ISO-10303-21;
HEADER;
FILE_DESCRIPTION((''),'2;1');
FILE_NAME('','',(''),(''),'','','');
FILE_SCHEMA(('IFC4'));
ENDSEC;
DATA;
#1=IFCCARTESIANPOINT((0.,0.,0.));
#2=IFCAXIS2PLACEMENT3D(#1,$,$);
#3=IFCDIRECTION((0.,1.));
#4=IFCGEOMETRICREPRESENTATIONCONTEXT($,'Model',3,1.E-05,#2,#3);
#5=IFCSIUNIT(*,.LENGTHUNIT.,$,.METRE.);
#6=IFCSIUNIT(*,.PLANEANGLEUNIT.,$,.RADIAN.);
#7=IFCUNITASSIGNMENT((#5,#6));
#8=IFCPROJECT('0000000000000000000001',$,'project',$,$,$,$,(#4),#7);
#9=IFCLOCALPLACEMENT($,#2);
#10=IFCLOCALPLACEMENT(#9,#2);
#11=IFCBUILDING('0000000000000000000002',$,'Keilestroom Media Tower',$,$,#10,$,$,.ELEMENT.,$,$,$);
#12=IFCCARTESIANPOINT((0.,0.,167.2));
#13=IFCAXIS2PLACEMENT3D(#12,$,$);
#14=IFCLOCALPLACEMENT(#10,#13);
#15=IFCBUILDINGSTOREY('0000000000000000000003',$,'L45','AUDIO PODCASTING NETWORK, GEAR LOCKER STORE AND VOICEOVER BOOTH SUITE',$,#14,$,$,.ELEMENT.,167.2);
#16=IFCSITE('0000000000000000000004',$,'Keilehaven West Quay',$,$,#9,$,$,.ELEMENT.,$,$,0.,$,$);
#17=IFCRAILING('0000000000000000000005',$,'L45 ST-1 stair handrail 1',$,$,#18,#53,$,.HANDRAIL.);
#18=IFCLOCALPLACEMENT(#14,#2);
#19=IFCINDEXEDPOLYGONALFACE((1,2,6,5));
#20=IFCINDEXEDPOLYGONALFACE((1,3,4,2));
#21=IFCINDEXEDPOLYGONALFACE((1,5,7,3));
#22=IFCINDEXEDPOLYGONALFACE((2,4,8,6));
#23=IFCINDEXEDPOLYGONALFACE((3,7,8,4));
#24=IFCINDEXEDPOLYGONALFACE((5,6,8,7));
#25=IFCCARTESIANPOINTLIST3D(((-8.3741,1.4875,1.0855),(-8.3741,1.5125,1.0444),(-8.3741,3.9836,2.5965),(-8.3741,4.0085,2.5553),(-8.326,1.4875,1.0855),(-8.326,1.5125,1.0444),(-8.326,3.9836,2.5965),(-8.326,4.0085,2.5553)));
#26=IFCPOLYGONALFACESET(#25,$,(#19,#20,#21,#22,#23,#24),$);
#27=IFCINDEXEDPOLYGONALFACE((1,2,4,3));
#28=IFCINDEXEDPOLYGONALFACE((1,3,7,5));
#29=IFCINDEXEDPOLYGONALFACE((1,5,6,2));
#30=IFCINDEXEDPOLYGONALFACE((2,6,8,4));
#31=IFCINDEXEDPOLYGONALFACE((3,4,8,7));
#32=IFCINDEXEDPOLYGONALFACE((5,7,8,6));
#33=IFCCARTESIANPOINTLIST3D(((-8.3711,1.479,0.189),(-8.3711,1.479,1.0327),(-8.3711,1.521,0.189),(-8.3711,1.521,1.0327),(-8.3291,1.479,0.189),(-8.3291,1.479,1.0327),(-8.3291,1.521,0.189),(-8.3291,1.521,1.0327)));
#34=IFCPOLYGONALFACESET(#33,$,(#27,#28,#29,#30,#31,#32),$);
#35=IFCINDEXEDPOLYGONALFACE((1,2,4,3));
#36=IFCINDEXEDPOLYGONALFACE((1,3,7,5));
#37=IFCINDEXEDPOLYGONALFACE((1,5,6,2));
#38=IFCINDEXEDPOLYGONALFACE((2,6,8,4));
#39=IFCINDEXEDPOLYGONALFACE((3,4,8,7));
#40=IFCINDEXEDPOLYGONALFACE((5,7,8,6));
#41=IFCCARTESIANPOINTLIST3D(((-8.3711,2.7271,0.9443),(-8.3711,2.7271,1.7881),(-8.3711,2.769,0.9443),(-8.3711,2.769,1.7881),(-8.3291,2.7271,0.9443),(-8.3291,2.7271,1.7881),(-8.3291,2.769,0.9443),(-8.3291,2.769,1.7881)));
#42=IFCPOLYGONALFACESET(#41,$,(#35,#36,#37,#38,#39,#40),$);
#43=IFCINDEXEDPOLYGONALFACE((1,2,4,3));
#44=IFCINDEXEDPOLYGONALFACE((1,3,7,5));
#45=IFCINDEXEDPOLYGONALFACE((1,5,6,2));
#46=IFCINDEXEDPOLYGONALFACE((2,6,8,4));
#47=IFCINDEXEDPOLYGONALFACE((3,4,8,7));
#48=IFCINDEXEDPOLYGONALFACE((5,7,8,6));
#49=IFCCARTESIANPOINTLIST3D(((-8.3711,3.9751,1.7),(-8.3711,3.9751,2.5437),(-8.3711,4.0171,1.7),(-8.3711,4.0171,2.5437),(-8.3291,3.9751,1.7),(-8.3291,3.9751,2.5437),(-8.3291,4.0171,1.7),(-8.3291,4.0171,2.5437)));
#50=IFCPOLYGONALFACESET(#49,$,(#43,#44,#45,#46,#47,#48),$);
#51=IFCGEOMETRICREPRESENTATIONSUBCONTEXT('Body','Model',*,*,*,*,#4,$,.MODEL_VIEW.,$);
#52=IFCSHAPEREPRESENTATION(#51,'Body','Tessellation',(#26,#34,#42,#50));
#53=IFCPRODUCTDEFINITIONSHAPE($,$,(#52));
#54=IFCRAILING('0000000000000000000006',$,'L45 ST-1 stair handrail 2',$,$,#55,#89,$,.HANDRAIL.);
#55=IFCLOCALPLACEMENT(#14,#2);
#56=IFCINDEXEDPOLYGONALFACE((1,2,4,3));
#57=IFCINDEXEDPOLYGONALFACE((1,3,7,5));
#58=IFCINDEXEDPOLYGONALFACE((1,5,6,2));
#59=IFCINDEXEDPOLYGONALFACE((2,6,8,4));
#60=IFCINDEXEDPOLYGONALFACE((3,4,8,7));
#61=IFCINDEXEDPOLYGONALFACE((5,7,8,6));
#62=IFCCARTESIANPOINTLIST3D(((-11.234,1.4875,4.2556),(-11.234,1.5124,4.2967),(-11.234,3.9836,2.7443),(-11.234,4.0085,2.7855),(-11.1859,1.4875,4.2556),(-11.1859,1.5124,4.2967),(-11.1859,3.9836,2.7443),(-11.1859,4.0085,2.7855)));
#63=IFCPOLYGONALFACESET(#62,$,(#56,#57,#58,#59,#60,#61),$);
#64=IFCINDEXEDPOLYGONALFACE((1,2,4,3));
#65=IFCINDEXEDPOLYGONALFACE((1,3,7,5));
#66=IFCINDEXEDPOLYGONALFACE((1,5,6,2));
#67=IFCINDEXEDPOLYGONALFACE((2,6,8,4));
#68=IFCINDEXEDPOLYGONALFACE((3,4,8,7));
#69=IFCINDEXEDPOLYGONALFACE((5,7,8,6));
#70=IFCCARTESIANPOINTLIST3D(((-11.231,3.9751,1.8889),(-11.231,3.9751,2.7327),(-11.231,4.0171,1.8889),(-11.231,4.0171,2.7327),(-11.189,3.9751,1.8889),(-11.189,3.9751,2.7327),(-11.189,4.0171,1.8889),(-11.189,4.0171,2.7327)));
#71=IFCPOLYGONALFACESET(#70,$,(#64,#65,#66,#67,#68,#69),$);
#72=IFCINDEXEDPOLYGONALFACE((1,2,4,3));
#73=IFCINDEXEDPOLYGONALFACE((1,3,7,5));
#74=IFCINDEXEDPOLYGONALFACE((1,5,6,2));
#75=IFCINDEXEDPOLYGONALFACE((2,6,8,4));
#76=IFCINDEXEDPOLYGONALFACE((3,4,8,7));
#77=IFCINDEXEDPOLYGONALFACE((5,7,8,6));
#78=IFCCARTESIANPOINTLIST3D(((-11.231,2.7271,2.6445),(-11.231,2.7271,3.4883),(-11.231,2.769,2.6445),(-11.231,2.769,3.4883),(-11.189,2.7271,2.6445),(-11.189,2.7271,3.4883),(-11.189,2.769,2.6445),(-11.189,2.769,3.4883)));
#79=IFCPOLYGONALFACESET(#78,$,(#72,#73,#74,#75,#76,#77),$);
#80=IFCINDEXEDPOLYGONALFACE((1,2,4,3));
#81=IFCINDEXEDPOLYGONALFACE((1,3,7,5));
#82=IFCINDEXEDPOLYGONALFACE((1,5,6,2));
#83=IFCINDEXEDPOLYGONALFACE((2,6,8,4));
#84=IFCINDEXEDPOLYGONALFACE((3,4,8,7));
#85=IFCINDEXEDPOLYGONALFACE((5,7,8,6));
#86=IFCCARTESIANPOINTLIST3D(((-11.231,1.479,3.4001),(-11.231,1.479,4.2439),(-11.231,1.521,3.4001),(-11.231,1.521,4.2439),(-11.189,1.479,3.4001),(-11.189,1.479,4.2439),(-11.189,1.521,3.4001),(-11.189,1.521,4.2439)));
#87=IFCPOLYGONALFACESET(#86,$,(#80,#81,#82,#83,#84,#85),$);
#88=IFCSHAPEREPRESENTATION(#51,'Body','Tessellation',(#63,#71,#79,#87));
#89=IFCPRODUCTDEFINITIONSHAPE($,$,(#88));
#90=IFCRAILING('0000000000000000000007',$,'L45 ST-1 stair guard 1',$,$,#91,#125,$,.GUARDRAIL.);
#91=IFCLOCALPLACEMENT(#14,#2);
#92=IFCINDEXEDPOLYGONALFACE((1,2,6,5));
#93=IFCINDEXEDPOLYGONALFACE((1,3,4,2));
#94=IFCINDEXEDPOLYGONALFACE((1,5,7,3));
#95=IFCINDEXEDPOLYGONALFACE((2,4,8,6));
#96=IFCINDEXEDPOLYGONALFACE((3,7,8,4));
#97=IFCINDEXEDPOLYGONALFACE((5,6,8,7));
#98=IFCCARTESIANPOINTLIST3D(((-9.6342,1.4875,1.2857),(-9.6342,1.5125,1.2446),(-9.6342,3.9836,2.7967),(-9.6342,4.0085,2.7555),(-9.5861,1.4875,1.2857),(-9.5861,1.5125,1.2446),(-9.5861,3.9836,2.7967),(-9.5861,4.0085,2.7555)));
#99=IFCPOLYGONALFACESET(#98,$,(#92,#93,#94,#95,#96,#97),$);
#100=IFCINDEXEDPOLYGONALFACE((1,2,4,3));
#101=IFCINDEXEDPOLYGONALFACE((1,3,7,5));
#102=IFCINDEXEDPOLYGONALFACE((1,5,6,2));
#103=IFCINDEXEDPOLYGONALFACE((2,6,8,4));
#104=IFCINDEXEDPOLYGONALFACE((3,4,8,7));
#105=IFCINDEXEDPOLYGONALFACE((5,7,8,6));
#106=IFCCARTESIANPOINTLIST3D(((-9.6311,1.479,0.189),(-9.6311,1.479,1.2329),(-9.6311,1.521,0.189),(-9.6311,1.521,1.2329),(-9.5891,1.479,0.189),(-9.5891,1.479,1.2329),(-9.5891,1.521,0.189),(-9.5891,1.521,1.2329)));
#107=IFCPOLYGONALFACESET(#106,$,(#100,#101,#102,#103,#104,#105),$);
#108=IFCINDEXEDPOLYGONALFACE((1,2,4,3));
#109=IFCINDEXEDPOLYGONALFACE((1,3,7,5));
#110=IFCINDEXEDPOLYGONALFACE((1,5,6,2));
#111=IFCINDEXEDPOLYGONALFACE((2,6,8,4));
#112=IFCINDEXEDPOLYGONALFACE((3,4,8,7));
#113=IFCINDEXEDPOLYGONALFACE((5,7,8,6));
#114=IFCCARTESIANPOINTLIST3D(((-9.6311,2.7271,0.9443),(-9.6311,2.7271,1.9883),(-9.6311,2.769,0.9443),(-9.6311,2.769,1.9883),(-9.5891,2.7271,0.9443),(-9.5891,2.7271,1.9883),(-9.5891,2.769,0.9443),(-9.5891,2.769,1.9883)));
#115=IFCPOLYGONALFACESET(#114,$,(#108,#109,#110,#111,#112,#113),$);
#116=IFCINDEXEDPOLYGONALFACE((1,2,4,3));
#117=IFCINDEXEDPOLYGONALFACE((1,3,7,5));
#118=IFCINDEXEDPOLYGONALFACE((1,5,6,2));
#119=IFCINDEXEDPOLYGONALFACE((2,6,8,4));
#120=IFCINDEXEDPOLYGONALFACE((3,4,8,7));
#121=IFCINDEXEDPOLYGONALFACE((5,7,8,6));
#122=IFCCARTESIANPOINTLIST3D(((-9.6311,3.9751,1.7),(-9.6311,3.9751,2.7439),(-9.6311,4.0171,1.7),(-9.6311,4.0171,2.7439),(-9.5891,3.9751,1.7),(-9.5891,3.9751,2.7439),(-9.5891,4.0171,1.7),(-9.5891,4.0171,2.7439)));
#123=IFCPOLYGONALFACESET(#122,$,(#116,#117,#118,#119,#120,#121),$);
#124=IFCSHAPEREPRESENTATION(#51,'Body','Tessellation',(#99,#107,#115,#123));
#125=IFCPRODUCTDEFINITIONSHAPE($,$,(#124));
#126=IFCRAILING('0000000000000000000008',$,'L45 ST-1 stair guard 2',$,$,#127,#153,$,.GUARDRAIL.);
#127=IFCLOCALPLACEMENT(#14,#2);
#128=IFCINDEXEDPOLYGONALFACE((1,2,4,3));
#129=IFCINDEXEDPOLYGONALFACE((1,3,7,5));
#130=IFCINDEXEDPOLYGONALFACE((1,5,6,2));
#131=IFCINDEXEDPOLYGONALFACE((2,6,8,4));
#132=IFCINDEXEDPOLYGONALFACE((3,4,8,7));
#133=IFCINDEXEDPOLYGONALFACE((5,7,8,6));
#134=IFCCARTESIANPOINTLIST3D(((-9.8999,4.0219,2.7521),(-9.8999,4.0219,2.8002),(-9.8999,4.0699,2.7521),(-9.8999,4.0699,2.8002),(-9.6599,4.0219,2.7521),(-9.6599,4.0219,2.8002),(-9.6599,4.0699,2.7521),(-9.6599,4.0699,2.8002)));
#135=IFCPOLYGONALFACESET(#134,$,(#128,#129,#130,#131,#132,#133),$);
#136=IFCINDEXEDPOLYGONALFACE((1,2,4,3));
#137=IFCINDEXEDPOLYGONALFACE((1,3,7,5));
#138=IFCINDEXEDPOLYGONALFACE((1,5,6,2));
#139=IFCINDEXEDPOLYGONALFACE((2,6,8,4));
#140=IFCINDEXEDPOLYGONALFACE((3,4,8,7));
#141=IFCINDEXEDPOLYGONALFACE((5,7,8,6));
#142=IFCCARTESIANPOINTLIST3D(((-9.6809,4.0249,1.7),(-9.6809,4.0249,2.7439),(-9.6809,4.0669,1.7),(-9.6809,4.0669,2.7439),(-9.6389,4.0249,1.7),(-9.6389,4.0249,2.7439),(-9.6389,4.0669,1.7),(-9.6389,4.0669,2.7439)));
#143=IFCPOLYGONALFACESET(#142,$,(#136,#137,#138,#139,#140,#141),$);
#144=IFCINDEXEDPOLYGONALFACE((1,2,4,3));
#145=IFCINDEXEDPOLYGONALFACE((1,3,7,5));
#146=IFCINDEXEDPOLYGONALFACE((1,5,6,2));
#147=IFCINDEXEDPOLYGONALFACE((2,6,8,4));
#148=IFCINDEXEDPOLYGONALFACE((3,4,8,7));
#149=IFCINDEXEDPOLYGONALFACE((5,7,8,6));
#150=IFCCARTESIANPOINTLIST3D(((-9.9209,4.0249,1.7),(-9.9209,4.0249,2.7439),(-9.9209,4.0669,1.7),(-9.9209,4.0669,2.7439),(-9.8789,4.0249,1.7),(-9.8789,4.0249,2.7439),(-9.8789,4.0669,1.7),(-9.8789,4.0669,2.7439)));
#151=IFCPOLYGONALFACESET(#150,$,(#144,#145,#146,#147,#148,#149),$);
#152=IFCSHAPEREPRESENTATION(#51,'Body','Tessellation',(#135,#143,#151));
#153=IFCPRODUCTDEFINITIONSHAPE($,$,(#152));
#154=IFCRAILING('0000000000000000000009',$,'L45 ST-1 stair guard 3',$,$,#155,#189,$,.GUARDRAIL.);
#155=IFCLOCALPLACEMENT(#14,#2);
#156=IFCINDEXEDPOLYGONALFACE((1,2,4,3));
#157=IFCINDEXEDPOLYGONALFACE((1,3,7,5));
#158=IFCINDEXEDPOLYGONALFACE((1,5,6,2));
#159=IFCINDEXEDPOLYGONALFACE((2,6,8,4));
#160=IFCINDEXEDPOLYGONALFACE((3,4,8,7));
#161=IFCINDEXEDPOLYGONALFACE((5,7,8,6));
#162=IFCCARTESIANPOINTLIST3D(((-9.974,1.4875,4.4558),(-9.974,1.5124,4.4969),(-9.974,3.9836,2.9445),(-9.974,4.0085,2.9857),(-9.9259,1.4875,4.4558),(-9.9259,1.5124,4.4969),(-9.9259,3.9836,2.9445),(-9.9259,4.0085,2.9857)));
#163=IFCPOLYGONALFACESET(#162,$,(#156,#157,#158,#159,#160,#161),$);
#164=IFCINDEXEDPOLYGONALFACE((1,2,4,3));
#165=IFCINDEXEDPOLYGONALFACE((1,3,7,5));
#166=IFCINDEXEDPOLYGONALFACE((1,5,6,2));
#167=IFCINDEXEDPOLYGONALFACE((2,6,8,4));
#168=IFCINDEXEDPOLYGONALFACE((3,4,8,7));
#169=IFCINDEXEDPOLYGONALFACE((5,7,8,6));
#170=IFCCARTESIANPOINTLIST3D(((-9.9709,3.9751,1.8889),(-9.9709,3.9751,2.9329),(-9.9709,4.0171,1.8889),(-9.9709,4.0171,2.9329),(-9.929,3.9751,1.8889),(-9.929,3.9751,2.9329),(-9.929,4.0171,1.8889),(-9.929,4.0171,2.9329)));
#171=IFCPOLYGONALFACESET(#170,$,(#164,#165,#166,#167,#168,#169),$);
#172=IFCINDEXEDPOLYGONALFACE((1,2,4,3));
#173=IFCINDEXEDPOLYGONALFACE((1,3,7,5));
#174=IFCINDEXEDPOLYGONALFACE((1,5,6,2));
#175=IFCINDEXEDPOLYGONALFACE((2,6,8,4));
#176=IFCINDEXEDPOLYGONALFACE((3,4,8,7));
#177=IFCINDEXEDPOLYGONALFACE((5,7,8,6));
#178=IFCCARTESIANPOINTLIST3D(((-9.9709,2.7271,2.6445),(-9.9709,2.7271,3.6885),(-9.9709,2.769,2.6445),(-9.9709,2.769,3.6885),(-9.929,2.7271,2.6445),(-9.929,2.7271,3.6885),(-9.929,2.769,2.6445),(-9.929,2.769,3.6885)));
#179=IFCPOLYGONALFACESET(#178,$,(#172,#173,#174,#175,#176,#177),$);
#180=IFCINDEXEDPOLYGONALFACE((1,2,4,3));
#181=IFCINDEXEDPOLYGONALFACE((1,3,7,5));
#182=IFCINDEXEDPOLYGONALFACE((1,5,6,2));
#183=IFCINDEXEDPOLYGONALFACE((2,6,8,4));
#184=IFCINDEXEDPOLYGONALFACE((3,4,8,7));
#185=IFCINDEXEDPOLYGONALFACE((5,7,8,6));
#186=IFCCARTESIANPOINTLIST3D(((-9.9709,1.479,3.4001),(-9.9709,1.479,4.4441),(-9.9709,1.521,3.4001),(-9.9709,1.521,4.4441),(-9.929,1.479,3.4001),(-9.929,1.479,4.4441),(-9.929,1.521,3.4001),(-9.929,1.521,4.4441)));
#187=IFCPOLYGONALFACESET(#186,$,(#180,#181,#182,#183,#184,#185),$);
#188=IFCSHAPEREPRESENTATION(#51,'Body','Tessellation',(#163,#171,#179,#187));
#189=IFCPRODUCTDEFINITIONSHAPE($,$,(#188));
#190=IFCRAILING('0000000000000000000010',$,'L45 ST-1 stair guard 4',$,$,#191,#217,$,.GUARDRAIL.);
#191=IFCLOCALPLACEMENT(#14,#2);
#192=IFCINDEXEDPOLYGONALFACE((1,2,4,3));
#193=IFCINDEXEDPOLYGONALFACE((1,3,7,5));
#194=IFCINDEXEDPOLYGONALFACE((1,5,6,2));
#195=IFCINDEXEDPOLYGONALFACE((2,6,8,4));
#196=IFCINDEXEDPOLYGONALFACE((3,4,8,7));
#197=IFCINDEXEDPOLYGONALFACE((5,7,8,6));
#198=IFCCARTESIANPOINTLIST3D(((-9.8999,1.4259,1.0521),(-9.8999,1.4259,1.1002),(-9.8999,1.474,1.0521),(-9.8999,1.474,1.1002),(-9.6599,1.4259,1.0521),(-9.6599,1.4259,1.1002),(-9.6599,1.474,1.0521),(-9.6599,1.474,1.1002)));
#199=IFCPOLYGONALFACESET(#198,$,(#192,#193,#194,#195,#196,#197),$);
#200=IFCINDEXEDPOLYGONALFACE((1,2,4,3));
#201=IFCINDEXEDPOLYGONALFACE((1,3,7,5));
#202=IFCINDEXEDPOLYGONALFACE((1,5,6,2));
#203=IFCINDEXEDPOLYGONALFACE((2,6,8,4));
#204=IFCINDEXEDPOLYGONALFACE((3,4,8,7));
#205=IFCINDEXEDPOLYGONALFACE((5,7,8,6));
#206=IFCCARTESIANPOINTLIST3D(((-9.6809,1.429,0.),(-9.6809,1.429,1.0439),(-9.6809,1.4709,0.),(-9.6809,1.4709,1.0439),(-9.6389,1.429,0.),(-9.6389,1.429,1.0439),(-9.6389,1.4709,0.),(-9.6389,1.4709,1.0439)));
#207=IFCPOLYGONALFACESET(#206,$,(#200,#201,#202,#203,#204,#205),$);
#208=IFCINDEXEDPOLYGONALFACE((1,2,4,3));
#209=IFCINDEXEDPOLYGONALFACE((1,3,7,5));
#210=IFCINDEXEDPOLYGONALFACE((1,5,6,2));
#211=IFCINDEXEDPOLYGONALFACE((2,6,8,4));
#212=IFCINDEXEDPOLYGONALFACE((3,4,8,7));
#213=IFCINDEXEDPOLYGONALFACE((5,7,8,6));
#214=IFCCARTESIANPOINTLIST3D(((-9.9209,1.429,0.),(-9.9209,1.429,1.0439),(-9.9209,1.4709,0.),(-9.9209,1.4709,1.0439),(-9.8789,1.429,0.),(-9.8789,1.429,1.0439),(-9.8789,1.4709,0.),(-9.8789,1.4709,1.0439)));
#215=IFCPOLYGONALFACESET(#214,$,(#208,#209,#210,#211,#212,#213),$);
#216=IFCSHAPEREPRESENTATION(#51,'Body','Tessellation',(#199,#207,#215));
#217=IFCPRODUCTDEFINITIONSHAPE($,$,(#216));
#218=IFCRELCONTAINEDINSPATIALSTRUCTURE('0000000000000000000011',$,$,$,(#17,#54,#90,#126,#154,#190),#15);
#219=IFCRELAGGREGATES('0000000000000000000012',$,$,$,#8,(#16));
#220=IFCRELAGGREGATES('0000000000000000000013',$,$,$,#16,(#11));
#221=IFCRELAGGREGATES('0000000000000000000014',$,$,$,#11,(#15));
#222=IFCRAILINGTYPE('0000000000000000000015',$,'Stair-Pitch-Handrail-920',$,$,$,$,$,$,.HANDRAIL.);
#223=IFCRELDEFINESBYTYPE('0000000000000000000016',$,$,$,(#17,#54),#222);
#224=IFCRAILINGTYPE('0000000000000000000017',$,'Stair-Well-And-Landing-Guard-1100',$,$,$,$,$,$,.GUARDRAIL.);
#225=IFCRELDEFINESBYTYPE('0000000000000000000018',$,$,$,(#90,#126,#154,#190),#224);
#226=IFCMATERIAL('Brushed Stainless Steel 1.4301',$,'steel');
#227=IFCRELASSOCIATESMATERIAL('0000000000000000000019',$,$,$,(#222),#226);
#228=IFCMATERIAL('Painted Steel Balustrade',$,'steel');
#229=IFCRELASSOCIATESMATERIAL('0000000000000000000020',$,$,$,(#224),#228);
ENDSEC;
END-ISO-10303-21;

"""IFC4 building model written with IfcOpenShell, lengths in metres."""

from ifc_helpers import new_model, si_unit, direction, frame, origin, origin_2d, place, context, subcontext, project, spatial, rectangle, extrude, material, type_object, element, save


model = new_model("IFC4")

# Units and contexts
model_context = context("Model", 3, precision=1e-05, world=origin(), true_north=direction((0.0, 1.0)))
body_context = subcontext(model_context, "Body", "Model", "MODEL_VIEW")
ifc_project = project(units=[si_unit("LENGTHUNIT", "METRE"), si_unit("PLANEANGLEUNIT", "RADIAN")], contexts=[model_context])

# Site, building, storey
site_placement = place(None, origin())
site = spatial("IfcSite", under=ifc_project, at=site_placement, Name="Keilehaven West Quay", CompositionType="ELEMENT", RefElevation=0.0)
building_placement = place(site_placement, origin())
building = spatial("IfcBuilding", under=site, at=building_placement, Name="Keilestroom Media Tower", CompositionType="ELEMENT")
storey_placement = place(building_placement, frame((0.0, 0.0, 167.2)))
storey = spatial("IfcBuildingStorey", under=building, at=storey_placement, Name="L45", Description="AUDIO PODCASTING NETWORK, GEAR LOCKER STORE AND VOICEOVER BOOTH SUITE", CompositionType="ELEMENT", Elevation=167.2)

# Railings
ifc_material_1 = material(Name="Brushed Stainless Steel 1.4301", Category="steel")
railing_type_1 = type_object("IfcRailingType", Name="Stair-Pitch-Handrail-920", PredefinedType="HANDRAIL", material=ifc_material_1)
railing_1_placement = place(storey_placement, frame((-8.3501, 1.5, 0.189)))
element("IfcRailing", 1, at=railing_1_placement, inside=storey, type_object=railing_type_1, Name="L45 ST-1 stair handrail 1", PredefinedType="HANDRAIL", context=body_context, shape_type="SweptSolid", body=[
    extrude(rectangle(XDim=0.0481, YDim=0.0481, at=origin_2d()), frame((0.0, 0.0, 0.876), z_axis=(0.0, 0.855471, 0.517851), x_axis=(-1.0, 0.0, 0.0)), (0.0, 0.0, 1.0), 2.9177),
    extrude(rectangle(XDim=0.042, YDim=0.042, at=origin_2d()), origin(), (0.0, 0.0, 1.0), 0.8438),
    extrude(rectangle(XDim=0.042, YDim=0.042, at=origin_2d()), frame((0.0, 1.248, 0.7554)), (0.0, 0.0, 1.0), 0.8438),
    extrude(rectangle(XDim=0.042, YDim=0.042, at=origin_2d()), frame((0.0, 2.4961, 1.511)), (0.0, 0.0, 1.0), 0.8438),
])
railing_2_placement = place(storey_placement, frame((-11.21, 3.9961, 1.8889)))
element("IfcRailing", 2, at=railing_2_placement, inside=storey, type_object=railing_type_1, Name="L45 ST-1 stair handrail 2", PredefinedType="HANDRAIL", context=body_context, shape_type="SweptSolid", body=[
    extrude(rectangle(XDim=0.0481, YDim=0.0481, at=origin_2d()), frame((0.0, 0.0, 0.876), z_axis=(0.0, -0.855434, 0.517912), x_axis=(1.0, 0.0, 0.0)), (0.0, 0.0, 1.0), 2.918),
    extrude(rectangle(XDim=0.042, YDim=0.042, at=origin_2d()), origin(), (0.0, 0.0, 1.0), 0.8438),
    extrude(rectangle(XDim=0.042, YDim=0.042, at=origin_2d()), frame((0.0, -1.248, 0.7556)), (0.0, 0.0, 1.0), 0.8438),
    extrude(rectangle(XDim=0.042, YDim=0.042, at=origin_2d()), frame((0.0, -2.4961, 1.5112)), (0.0, 0.0, 1.0), 0.8438),
])
ifc_material_2 = material(Name="Painted Steel Balustrade", Category="steel")
railing_type_2 = type_object("IfcRailingType", Name="Stair-Well-And-Landing-Guard-1100", PredefinedType="GUARDRAIL", material=ifc_material_2)
railing_3_placement = place(storey_placement, frame((-9.6101, 1.5, 0.189)))
element("IfcRailing", 3, at=railing_3_placement, inside=storey, type_object=railing_type_2, Name="L45 ST-1 stair guard 1", PredefinedType="GUARDRAIL", context=body_context, shape_type="SweptSolid", body=[
    extrude(rectangle(XDim=0.0481, YDim=0.0481, at=origin_2d()), frame((0.0, 0.0, 1.0762), z_axis=(0.0, 0.855471, 0.517851), x_axis=(-1.0, 0.0, 0.0)), (0.0, 0.0, 1.0), 2.9177),
    extrude(rectangle(XDim=0.042, YDim=0.042, at=origin_2d()), origin(), (0.0, 0.0, 1.0), 1.0439),
    extrude(rectangle(XDim=0.042, YDim=0.042, at=origin_2d()), frame((0.0, 1.248, 0.7554)), (0.0, 0.0, 1.0), 1.0439),
    extrude(rectangle(XDim=0.042, YDim=0.042, at=origin_2d()), frame((0.0, 2.4961, 1.511)), (0.0, 0.0, 1.0), 1.0439),
])
railing_4_placement = place(storey_placement, frame((-9.6599, 4.0459, 1.7)))
element("IfcRailing", 4, at=railing_4_placement, inside=storey, type_object=railing_type_2, Name="L45 ST-1 stair guard 2", PredefinedType="GUARDRAIL", context=body_context, shape_type="SweptSolid", body=[
    extrude(rectangle(XDim=0.0481, YDim=0.0481, at=origin_2d()), frame((0.0, 0.0, 1.0762), z_axis=(-1.0, 0.0, 0.0), x_axis=(0.0, -1.0, 0.0)), (0.0, 0.0, 1.0), 0.24),
    extrude(rectangle(XDim=0.042, YDim=0.042, at=origin_2d()), origin(), (0.0, 0.0, 1.0), 1.0439),
    extrude(rectangle(XDim=0.042, YDim=0.042, at=origin_2d()), frame((-0.24, 0.0, 0.0)), (0.0, 0.0, 1.0), 1.0439),
])
railing_5_placement = place(storey_placement, frame((-9.95, 3.9961, 1.8889)))
element("IfcRailing", 5, at=railing_5_placement, inside=storey, type_object=railing_type_2, Name="L45 ST-1 stair guard 3", PredefinedType="GUARDRAIL", context=body_context, shape_type="SweptSolid", body=[
    extrude(rectangle(XDim=0.0481, YDim=0.0481, at=origin_2d()), frame((0.0, 0.0, 1.0762), z_axis=(0.0, -0.855434, 0.517912), x_axis=(1.0, 0.0, 0.0)), (0.0, 0.0, 1.0), 2.918),
    extrude(rectangle(XDim=0.042, YDim=0.042, at=origin_2d()), origin(), (0.0, 0.0, 1.0), 1.0439),
    extrude(rectangle(XDim=0.042, YDim=0.042, at=origin_2d()), frame((0.0, -1.248, 0.7556)), (0.0, 0.0, 1.0), 1.0439),
    extrude(rectangle(XDim=0.042, YDim=0.042, at=origin_2d()), frame((0.0, -2.4961, 1.5112)), (0.0, 0.0, 1.0), 1.0439),
])
railing_6_placement = place(storey_placement, frame((-9.6599, 1.45, 0.0)))
element("IfcRailing", 6, at=railing_6_placement, inside=storey, type_object=railing_type_2, Name="L45 ST-1 stair guard 4", PredefinedType="GUARDRAIL", context=body_context, shape_type="SweptSolid", body=[
    extrude(rectangle(XDim=0.0481, YDim=0.0481, at=origin_2d()), frame((0.0, 0.0, 1.0762), z_axis=(-1.0, 0.0, 0.0), x_axis=(0.0, -1.0, 0.0)), (0.0, 0.0, 1.0), 0.24),
    extrude(rectangle(XDim=0.042, YDim=0.042, at=origin_2d()), origin(), (0.0, 0.0, 1.0), 1.0439),
    extrude(rectangle(XDim=0.042, YDim=0.042, at=origin_2d()), frame((-0.24, 0.0, 0.0)), (0.0, 0.0, 1.0), 1.0439),
])

save(model, "model.ifc")
